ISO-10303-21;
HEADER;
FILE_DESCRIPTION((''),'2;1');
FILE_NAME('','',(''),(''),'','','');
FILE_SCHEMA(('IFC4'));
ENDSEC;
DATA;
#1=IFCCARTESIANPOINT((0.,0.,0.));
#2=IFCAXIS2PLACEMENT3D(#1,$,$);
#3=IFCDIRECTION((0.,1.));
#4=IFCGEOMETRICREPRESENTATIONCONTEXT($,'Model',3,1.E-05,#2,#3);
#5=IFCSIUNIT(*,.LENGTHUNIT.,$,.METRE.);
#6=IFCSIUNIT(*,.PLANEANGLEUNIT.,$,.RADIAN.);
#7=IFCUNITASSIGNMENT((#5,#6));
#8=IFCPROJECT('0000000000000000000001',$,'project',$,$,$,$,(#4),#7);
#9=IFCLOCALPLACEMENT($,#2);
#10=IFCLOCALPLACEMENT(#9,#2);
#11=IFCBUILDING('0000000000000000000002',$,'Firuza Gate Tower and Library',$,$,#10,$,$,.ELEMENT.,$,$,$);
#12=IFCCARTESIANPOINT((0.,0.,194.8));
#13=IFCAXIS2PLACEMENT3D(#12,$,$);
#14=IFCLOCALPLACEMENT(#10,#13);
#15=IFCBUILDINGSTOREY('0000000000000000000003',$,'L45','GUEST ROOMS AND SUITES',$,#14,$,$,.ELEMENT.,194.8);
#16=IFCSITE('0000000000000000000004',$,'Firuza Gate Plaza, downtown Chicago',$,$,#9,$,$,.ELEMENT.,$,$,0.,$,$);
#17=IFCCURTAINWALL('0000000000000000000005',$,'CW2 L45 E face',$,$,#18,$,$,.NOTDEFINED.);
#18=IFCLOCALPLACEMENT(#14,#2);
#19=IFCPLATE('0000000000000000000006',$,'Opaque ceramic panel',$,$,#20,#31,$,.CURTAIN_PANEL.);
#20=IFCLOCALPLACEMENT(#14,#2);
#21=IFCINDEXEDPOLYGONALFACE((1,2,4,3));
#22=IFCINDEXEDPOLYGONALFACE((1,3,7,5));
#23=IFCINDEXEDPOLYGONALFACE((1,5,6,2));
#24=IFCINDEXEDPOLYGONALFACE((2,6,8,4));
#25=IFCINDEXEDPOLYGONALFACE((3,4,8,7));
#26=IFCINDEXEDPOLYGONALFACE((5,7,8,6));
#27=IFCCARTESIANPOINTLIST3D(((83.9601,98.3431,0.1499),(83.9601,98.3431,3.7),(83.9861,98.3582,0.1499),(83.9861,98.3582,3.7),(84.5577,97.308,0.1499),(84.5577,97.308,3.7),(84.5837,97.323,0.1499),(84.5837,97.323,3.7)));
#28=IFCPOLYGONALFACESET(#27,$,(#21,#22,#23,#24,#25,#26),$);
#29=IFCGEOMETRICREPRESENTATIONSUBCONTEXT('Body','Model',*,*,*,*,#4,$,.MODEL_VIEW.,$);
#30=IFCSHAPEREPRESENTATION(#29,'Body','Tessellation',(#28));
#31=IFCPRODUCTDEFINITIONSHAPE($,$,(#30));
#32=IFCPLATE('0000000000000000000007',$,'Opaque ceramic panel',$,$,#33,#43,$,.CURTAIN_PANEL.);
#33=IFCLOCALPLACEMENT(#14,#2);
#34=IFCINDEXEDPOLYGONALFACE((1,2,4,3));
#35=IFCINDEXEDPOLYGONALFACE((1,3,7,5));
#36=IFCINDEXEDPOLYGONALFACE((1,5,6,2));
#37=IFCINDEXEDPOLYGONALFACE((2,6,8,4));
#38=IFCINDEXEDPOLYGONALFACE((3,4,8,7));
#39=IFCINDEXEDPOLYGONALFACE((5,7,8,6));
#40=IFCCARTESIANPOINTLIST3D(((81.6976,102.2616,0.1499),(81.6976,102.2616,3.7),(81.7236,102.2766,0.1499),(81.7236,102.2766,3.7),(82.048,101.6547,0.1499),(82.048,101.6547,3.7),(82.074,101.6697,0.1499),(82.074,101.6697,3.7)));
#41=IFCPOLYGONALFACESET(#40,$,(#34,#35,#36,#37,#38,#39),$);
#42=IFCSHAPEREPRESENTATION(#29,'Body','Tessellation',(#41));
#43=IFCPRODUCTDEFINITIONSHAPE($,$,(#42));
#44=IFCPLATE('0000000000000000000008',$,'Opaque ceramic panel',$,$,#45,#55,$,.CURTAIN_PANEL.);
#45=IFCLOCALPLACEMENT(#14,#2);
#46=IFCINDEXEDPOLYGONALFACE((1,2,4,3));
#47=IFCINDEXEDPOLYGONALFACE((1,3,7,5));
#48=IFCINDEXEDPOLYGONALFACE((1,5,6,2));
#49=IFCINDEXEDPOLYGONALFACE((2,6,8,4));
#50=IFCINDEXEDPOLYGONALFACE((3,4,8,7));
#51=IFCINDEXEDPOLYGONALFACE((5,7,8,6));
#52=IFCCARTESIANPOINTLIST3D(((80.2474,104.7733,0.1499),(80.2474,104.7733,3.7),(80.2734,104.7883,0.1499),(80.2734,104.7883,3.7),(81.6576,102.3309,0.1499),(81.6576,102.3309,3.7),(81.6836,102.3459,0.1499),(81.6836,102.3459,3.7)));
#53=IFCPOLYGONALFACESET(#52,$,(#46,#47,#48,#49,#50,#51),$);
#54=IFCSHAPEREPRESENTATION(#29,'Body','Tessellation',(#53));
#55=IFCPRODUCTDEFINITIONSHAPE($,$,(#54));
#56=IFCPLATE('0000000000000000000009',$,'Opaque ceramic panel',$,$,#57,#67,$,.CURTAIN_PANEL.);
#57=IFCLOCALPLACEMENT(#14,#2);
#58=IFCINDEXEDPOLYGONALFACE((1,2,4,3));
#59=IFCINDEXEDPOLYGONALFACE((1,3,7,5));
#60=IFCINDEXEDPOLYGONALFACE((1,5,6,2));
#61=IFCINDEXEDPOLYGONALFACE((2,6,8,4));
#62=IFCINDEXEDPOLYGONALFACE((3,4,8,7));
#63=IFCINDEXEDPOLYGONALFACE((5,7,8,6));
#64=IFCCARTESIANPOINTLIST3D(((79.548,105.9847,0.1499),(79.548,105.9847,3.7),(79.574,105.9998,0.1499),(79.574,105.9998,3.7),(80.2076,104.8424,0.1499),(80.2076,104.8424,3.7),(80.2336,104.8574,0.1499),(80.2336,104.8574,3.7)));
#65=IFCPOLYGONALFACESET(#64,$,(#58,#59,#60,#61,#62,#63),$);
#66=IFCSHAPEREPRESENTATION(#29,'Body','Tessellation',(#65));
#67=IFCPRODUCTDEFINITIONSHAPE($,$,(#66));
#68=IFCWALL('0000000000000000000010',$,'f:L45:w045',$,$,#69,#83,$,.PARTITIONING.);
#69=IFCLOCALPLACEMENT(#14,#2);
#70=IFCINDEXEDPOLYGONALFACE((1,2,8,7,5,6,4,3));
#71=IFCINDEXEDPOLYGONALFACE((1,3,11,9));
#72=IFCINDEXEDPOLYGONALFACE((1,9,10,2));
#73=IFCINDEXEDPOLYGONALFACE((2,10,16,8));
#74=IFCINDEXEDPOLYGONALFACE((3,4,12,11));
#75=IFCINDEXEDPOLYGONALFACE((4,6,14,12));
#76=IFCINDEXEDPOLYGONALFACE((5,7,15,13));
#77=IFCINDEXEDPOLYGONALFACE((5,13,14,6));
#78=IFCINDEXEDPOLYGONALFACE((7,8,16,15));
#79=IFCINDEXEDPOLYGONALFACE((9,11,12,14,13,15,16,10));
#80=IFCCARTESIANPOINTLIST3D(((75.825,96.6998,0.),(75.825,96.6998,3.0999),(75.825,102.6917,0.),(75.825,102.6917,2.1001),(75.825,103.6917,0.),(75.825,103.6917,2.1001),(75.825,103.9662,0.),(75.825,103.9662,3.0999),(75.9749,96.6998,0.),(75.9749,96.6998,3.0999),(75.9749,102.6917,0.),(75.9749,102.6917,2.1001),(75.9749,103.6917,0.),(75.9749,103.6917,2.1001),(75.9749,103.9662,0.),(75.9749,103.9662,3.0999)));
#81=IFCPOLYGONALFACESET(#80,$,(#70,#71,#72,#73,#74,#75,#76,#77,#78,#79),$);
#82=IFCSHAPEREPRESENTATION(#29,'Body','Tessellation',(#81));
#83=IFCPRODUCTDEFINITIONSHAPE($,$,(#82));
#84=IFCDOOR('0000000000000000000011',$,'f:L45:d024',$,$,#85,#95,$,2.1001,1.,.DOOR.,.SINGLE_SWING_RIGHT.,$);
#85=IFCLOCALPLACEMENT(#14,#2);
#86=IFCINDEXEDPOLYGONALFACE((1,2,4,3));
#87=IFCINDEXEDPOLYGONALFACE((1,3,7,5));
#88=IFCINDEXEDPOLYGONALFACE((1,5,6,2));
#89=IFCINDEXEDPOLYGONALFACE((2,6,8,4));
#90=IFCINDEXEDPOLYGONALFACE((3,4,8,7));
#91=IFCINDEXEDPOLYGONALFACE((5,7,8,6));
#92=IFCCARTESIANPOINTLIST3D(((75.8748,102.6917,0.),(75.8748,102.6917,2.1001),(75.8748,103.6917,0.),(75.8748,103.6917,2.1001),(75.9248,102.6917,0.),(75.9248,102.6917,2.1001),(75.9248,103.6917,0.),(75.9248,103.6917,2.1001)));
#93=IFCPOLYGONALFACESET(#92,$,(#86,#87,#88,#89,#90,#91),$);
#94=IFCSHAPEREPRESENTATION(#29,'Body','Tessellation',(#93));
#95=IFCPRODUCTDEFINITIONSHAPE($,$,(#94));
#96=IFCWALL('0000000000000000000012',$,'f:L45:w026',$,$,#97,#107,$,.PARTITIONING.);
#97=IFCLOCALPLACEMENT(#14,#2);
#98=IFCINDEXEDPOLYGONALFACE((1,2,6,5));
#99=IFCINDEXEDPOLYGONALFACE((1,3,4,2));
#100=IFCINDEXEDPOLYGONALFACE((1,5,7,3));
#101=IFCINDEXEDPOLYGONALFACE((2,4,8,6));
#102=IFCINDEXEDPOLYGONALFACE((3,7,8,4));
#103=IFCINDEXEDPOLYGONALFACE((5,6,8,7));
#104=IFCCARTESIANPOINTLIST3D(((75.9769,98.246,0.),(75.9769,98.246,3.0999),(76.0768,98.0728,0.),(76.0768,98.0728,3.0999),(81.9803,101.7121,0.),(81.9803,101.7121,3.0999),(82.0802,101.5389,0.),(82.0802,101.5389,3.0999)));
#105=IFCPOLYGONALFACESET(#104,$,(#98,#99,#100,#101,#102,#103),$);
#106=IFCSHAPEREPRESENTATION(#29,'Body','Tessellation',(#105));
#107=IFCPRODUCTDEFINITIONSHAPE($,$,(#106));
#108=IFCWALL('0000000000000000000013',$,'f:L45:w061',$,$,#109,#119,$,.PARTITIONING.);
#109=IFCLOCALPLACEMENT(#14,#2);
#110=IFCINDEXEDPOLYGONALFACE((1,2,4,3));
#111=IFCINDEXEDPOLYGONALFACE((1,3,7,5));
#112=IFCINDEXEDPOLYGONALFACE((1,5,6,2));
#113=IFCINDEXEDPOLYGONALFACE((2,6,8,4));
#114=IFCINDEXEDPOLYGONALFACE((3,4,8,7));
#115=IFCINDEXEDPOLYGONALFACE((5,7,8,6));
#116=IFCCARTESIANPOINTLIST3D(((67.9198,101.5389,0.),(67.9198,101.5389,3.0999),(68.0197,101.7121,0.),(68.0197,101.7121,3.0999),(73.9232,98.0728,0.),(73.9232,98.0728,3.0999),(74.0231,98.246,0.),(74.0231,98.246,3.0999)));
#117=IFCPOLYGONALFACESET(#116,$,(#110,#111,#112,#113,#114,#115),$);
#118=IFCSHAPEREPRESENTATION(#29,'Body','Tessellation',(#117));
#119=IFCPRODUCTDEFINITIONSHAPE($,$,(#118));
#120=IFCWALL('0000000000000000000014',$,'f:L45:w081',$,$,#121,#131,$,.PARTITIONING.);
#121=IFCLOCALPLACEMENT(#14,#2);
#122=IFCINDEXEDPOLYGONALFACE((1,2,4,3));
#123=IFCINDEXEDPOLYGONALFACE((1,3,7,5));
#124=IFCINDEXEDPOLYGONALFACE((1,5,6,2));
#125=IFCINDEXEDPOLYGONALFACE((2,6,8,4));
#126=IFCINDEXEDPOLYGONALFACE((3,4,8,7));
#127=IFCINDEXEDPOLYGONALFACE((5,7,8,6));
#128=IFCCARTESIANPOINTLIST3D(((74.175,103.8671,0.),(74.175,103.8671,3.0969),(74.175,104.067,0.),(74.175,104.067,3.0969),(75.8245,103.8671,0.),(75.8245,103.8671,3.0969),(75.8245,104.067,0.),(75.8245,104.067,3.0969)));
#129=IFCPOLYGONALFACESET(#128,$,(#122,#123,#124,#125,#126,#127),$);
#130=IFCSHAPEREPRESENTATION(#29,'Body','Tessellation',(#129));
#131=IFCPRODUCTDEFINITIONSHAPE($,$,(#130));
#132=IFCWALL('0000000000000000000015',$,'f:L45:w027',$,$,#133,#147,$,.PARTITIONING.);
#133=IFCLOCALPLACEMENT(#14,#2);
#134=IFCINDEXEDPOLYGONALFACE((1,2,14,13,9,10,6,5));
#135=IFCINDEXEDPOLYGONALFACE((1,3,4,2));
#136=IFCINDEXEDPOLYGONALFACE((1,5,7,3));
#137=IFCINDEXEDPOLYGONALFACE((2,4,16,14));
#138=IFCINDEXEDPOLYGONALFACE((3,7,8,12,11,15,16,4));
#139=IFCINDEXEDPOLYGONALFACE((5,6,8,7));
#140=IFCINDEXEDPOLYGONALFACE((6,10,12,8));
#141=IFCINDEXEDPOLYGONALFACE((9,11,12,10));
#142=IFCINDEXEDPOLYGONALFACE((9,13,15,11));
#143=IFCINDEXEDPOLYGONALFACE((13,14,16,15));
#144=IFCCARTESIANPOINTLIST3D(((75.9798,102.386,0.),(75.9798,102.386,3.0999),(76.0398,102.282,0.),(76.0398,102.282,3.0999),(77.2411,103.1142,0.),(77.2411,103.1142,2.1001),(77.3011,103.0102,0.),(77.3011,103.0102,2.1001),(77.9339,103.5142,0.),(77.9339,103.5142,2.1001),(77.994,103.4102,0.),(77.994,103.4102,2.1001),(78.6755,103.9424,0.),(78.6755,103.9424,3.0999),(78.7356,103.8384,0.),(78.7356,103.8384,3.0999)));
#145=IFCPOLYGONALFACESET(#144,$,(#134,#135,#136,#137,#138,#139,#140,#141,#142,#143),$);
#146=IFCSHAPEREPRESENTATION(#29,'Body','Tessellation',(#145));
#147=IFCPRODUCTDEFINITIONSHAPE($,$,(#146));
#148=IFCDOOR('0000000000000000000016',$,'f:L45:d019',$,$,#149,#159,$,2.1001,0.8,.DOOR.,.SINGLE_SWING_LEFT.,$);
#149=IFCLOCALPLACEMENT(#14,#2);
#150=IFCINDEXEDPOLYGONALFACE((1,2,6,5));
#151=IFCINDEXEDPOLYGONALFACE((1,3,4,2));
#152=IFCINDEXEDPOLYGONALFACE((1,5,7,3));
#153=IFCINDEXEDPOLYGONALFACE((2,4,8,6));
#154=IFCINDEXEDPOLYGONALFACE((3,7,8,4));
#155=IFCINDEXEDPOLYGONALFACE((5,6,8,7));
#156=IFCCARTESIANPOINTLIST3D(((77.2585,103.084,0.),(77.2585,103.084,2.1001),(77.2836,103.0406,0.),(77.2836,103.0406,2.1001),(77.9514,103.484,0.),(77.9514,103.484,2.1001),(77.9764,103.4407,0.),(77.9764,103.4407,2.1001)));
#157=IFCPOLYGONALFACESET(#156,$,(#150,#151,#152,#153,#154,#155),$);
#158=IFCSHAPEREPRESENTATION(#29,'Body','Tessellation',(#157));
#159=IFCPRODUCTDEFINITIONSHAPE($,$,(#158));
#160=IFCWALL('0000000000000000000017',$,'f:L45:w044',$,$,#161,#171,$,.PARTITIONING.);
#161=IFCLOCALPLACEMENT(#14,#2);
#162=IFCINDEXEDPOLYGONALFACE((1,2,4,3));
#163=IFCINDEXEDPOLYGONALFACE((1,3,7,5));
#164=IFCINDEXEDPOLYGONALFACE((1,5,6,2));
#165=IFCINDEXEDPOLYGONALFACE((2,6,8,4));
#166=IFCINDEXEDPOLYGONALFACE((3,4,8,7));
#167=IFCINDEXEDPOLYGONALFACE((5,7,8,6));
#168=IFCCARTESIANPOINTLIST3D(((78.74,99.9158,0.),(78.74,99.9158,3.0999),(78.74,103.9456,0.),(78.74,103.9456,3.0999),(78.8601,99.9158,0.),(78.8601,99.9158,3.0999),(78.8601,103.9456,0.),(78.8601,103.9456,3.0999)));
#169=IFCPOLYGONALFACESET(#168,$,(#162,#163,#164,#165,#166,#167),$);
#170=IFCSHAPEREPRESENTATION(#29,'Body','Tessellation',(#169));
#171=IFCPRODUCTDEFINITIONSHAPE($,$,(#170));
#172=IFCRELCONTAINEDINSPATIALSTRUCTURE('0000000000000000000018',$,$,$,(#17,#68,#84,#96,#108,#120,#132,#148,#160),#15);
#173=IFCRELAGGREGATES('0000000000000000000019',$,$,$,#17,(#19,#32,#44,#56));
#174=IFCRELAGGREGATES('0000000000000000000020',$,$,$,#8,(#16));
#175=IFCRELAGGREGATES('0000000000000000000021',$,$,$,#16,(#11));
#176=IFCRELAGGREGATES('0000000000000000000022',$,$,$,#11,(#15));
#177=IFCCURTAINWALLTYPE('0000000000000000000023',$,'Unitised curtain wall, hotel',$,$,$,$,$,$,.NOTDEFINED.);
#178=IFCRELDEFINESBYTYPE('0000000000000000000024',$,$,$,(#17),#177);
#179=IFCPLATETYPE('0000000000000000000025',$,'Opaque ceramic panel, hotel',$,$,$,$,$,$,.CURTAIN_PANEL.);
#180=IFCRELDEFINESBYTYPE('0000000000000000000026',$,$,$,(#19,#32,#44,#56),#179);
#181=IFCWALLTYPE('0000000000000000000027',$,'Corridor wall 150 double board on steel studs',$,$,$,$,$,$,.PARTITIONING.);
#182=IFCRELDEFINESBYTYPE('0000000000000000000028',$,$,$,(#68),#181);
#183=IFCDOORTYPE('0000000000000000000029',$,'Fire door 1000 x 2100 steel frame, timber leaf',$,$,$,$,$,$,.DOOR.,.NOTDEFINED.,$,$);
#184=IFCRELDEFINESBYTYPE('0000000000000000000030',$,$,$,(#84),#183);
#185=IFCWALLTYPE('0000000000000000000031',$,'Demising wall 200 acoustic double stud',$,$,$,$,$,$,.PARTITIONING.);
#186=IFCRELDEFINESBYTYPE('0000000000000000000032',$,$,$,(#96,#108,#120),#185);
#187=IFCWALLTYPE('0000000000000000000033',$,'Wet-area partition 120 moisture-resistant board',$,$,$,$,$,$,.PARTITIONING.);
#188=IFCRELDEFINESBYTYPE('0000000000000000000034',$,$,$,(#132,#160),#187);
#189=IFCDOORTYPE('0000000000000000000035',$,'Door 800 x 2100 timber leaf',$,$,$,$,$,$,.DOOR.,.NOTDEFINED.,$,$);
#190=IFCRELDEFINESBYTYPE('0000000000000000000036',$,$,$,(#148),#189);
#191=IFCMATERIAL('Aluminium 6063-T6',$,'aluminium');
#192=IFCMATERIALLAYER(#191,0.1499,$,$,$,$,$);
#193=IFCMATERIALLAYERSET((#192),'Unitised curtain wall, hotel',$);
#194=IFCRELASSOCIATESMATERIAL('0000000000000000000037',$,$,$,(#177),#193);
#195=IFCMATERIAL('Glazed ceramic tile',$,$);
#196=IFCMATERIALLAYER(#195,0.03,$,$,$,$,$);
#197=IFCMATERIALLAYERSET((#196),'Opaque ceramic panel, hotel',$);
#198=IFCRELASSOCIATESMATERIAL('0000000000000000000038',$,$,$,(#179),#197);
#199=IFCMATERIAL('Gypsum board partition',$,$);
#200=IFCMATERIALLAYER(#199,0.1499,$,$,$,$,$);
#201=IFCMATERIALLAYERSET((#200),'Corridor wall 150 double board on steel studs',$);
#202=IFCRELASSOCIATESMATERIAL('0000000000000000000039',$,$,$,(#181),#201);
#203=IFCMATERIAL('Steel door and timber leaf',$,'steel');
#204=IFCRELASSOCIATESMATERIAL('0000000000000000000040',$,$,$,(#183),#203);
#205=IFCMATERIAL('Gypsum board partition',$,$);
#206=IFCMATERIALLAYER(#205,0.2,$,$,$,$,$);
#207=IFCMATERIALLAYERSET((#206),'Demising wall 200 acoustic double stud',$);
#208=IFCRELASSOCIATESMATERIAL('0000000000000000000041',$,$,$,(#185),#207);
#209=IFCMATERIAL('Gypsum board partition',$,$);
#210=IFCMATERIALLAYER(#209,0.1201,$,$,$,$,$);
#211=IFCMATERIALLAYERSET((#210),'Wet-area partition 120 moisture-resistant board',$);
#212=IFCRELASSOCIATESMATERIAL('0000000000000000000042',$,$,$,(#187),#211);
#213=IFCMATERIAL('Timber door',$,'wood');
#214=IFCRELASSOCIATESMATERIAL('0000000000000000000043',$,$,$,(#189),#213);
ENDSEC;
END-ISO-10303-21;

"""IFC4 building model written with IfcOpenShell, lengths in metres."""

from ifc_helpers import new_model, si_unit, direction, frame, frame_2d, origin, place, context, subcontext, project, spatial, polyline, rectangle, outline, extrude, material, layer, layer_set, type_object, element, fill, aggregate, save


model = new_model("IFC4")

# Units and contexts
model_context = context("Model", 3, precision=1e-05, world=origin(), true_north=direction((0.0, 1.0)))
body_context = subcontext(model_context, "Body", "Model", "MODEL_VIEW")
ifc_project = project(units=[si_unit("LENGTHUNIT", "METRE"), si_unit("PLANEANGLEUNIT", "RADIAN")], contexts=[model_context])

# Site, building, storey
site_placement = place(None, origin())
site = spatial("IfcSite", under=ifc_project, at=site_placement, Name="Firuza Gate Plaza, downtown Chicago", CompositionType="ELEMENT", RefElevation=0.0)
building_placement = place(site_placement, origin())
building = spatial("IfcBuilding", under=site, at=building_placement, Name="Firuza Gate Tower and Library", CompositionType="ELEMENT")
storey_placement = place(building_placement, frame((0.0, 0.0, 194.8)))
storey = spatial("IfcBuildingStorey", under=building, at=storey_placement, Name="L45", Description="GUEST ROOMS AND SUITES", CompositionType="ELEMENT", Elevation=194.8)

# Curtain wall
placement = place(storey_placement, origin())
ifc_material_1 = material(Name="Aluminium 6063-T6", Category="aluminium")
ifc_layer_1 = layer(ifc_material_1, 0.1499)
ifc_layer_set_1 = layer_set([ifc_layer_1], Name="Unitised curtain wall, hotel")
curtain_wall_type_1 = type_object("IfcCurtainWallType", Name="Unitised curtain wall, hotel", PredefinedType="NOTDEFINED", material=ifc_layer_set_1)
curtain_wall_1 = element("IfcCurtainWall", 1, at=placement, inside=storey, type_object=curtain_wall_type_1, Name="CW2 L45 E face", PredefinedType="NOTDEFINED")

# Plates
ifc_material_2 = material(Name="Glazed ceramic tile")
ifc_layer_2 = layer(ifc_material_2, 0.03)
ifc_layer_set_2 = layer_set([ifc_layer_2], Name="Opaque ceramic panel, hotel")
plate_type_1 = type_object("IfcPlateType", Name="Opaque ceramic panel, hotel", PredefinedType="CURTAIN_PANEL", material=ifc_layer_set_2)
plate_1_placement = place(storey_placement, frame((84.5837, 97.323, 0.1499), z_axis=(0.866022, 0.500005, 0.0), x_axis=(-0.500005, 0.866022, 0.0)))
plate_1 = element("IfcPlate", 2, at=plate_1_placement, type_object=plate_type_1, Name="Opaque ceramic panel", PredefinedType="CURTAIN_PANEL", context=body_context, shape_type="SweptSolid", body=[
    extrude(outline(polyline([(0.0, 0.0), (1.1953, 0.0), (1.1953, 3.55), (0.0, 3.55), (0.0, 0.0)])), origin(), (0.0, 0.0, -1.0), 0.03),
])
plate_2_placement = place(storey_placement, frame((82.074, 101.6697, 0.1499), z_axis=(0.86607, 0.499924, 0.0), x_axis=(-0.499924, 0.86607, 0.0)))
plate_2 = element("IfcPlate", 3, at=plate_2_placement, type_object=plate_type_1, Name="Opaque ceramic panel", PredefinedType="CURTAIN_PANEL", context=body_context, shape_type="SweptSolid", body=[
    extrude(outline(polyline([(0.0, 0.0), (0.7008, 0.0), (0.7008, 3.55), (0.0, 3.55), (0.0, 0.0)])), origin(), (0.0, 0.0, -1.0), 0.03),
])
plate_3_placement = place(storey_placement, frame((81.6836, 102.3459, 0.1499), z_axis=(0.866018, 0.500012, 0.0), x_axis=(-0.500012, 0.866018, 0.0)))
plate_3 = element("IfcPlate", 4, at=plate_3_placement, type_object=plate_type_1, Name="Opaque ceramic panel", PredefinedType="CURTAIN_PANEL", context=body_context, shape_type="SweptSolid", body=[
    extrude(outline(polyline([(0.0, 0.0), (2.8202, 0.0), (2.8202, 3.55), (0.0, 3.55), (0.0, 0.0)])), origin(), (0.0, 0.0, -1.0), 0.03),
])
plate_4_placement = place(storey_placement, frame((80.2336, 104.8574, 0.1499), z_axis=(0.865979, 0.50008, 0.0), x_axis=(-0.50008, 0.865979, 0.0)))
plate_4 = element("IfcPlate", 5, at=plate_4_placement, type_object=plate_type_1, Name="Opaque ceramic panel", PredefinedType="CURTAIN_PANEL", context=body_context, shape_type="SweptSolid", body=[
    extrude(outline(polyline([(0.0, 0.0), (1.3191, 0.0), (1.3191, 3.55), (0.0, 3.55), (0.0, 0.0)])), origin(), (0.0, 0.0, -1.0), 0.03),
])
aggregate(curtain_wall_1, [plate_1, plate_2, plate_3, plate_4])

# Wall, opening, door
ifc_material_3 = material(Name="Gypsum board partition")
ifc_layer_3 = layer(ifc_material_3, 0.1499)
ifc_layer_set_3 = layer_set([ifc_layer_3], Name="Corridor wall 150 double board on steel studs")
wall_type_1 = type_object("IfcWallType", Name="Corridor wall 150 double board on steel studs", PredefinedType="PARTITIONING", material=ifc_layer_set_3)
wall_1_placement = place(storey_placement, frame((75.8999, 103.9663, 0.0), z_axis=(0.0, 0.0, 1.0), x_axis=(0.0, -1.0, 0.0)))
wall_1 = element("IfcWall", 6, at=wall_1_placement, inside=storey, type_object=wall_type_1, Name="f:L45:w045", PredefinedType="PARTITIONING", context=body_context, shape_type="SweptSolid", body=[
    extrude(rectangle(XDim=7.2664, YDim=0.1499, at=frame_2d((3.6333, 0.0))), origin(), (0.0, 0.0, 1.0), 3.0999),
])
opening_1_placement = place(wall_1_placement, frame((0.2747, 0.0, 0.0)))
opening_1 = element("IfcOpeningElement", 7, at=opening_1_placement, cuts=wall_1, PredefinedType="OPENING", context=body_context, shape_type="SweptSolid", body=[
    extrude(rectangle(XDim=1.0, YDim=2.1001, at=frame_2d((0.5, 1.05))), frame((0.0, 0.085, 0.0), z_axis=(0.0, -1.0, 0.0), x_axis=(1.0, 0.0, 0.0)), (0.0, 0.0, 1.0), 0.1699),
])
ifc_material_4 = material(Name="Steel door and timber leaf", Category="steel")
door_type_1 = type_object("IfcDoorType", Name="Fire door 1000 x 2100 steel frame, timber leaf", OperationType="NOTDEFINED", PredefinedType="DOOR", material=ifc_material_4)
door_1_placement = place(opening_1_placement, origin())
door_1 = element("IfcDoor", 8, at=door_1_placement, inside=storey, type_object=door_type_1, Name="f:L45:d024", OperationType="SINGLE_SWING_RIGHT", OverallHeight=2.1001, OverallWidth=1.0, PredefinedType="DOOR", context=body_context, shape_type="SweptSolid", body=[
    extrude(rectangle(XDim=1.0, YDim=2.1001, at=frame_2d((0.5, 1.05))), frame((0.0, 0.0249, 0.0), z_axis=(0.0, -1.0, 0.0), x_axis=(1.0, 0.0, 0.0)), (0.0, 0.0, 1.0), 0.05),
])
fill(opening_1, door_1)

# Walls
ifc_material_5 = material(Name="Gypsum board partition")
ifc_layer_4 = layer(ifc_material_5, 0.2)
ifc_layer_set_4 = layer_set([ifc_layer_4], Name="Demising wall 200 acoustic double stud")
wall_type_2 = type_object("IfcWallType", Name="Demising wall 200 acoustic double stud", PredefinedType="PARTITIONING", material=ifc_layer_set_4)
for number, where, z_axis, x_axis, name in (
    (9, (76.0269, 98.1594, 0.0), (0.0, 0.0, 1.0), (0.866026, 0.499999, 0.0), "f:L45:w026"),
    (10, (73.9731, 98.1594, 0.0), (0.0, 0.0, 1.0), (-0.866026, 0.499999, 0.0), "f:L45:w061"),
):
    element("IfcWall", number, at=place(storey_placement, frame(where, z_axis=z_axis, x_axis=x_axis)), inside=storey, type_object=wall_type_2, Name=name, PredefinedType="PARTITIONING", context=body_context, shape_type="SweptSolid", body=[
        extrude(rectangle(XDim=6.9321, YDim=0.2, at=frame_2d((3.4661, 0.0))), origin(), (0.0, 0.0, 1.0), 3.0999),
    ])
wall_2_placement = place(storey_placement, frame((74.175, 103.967, 0.0), z_axis=(0.0, 0.0, 1.0), x_axis=(1.0, 0.0, 0.0)))
element("IfcWall", 11, at=wall_2_placement, inside=storey, type_object=wall_type_2, Name="f:L45:w081", PredefinedType="PARTITIONING", context=body_context, shape_type="SweptSolid", body=[
    extrude(rectangle(XDim=1.6494, YDim=0.2, at=frame_2d((0.8247, 0.0))), origin(), (0.0, 0.0, 1.0), 3.0969),
])

# Wall, opening, door
ifc_material_6 = material(Name="Gypsum board partition")
ifc_layer_5 = layer(ifc_material_6, 0.1201)
ifc_layer_set_5 = layer_set([ifc_layer_5], Name="Wet-area partition 120 moisture-resistant board")
wall_type_3 = type_object("IfcWallType", Name="Wet-area partition 120 moisture-resistant board", PredefinedType="PARTITIONING", material=ifc_layer_set_5)
wall_3_placement = place(storey_placement, frame((78.7056, 103.8904, 0.0), z_axis=(0.0, 0.0, 1.0), x_axis=(-0.866029, -0.499994, 0.0)))
wall_3 = element("IfcWall", 12, at=wall_3_placement, inside=storey, type_object=wall_type_3, Name="f:L45:w027", PredefinedType="PARTITIONING", context=body_context, shape_type="SweptSolid", body=[
    extrude(rectangle(XDim=3.1128, YDim=0.1201, at=frame_2d((1.5564, 0.0))), origin(), (0.0, 0.0, 1.0), 3.0999),
])
opening_2_placement = place(wall_3_placement, frame((0.8564, 0.0, 0.0)))
opening_2 = element("IfcOpeningElement", 13, at=opening_2_placement, cuts=wall_3, PredefinedType="OPENING", context=body_context, shape_type="SweptSolid", body=[
    extrude(rectangle(XDim=0.8, YDim=2.1001, at=frame_2d((0.3999, 1.05))), frame((0.0, 0.0701, 0.0), z_axis=(0.0, -1.0, 0.0), x_axis=(1.0, 0.0, 0.0)), (0.0, 0.0, 1.0), 0.1401),
])
ifc_material_7 = material(Name="Timber door", Category="wood")
door_type_2 = type_object("IfcDoorType", Name="Door 800 x 2100 timber leaf", OperationType="NOTDEFINED", PredefinedType="DOOR", material=ifc_material_7)
door_2_placement = place(opening_2_placement, origin())
door_2 = element("IfcDoor", 14, at=door_2_placement, inside=storey, type_object=door_type_2, Name="f:L45:d019", OperationType="SINGLE_SWING_LEFT", OverallHeight=2.1001, OverallWidth=0.8, PredefinedType="DOOR", context=body_context, shape_type="SweptSolid", body=[
    extrude(rectangle(XDim=0.8, YDim=2.1001, at=frame_2d((0.3999, 1.05))), frame((0.0, 0.0249, 0.0), z_axis=(0.0, -1.0, 0.0), x_axis=(1.0, 0.0, 0.0)), (0.0, 0.0, 1.0), 0.05),
])
fill(opening_2, door_2)

# Wall
wall_4_placement = place(storey_placement, frame((78.8, 99.9158, 0.0), z_axis=(0.0, 0.0, 1.0), x_axis=(0.0, 1.0, 0.0)))
element("IfcWall", 15, at=wall_4_placement, inside=storey, type_object=wall_type_3, Name="f:L45:w044", PredefinedType="PARTITIONING", context=body_context, shape_type="SweptSolid", body=[
    extrude(rectangle(XDim=4.0298, YDim=0.1201, at=frame_2d((2.0149, 0.0))), origin(), (0.0, 0.0, 1.0), 3.0999),
])

save(model, "model.ifc")
